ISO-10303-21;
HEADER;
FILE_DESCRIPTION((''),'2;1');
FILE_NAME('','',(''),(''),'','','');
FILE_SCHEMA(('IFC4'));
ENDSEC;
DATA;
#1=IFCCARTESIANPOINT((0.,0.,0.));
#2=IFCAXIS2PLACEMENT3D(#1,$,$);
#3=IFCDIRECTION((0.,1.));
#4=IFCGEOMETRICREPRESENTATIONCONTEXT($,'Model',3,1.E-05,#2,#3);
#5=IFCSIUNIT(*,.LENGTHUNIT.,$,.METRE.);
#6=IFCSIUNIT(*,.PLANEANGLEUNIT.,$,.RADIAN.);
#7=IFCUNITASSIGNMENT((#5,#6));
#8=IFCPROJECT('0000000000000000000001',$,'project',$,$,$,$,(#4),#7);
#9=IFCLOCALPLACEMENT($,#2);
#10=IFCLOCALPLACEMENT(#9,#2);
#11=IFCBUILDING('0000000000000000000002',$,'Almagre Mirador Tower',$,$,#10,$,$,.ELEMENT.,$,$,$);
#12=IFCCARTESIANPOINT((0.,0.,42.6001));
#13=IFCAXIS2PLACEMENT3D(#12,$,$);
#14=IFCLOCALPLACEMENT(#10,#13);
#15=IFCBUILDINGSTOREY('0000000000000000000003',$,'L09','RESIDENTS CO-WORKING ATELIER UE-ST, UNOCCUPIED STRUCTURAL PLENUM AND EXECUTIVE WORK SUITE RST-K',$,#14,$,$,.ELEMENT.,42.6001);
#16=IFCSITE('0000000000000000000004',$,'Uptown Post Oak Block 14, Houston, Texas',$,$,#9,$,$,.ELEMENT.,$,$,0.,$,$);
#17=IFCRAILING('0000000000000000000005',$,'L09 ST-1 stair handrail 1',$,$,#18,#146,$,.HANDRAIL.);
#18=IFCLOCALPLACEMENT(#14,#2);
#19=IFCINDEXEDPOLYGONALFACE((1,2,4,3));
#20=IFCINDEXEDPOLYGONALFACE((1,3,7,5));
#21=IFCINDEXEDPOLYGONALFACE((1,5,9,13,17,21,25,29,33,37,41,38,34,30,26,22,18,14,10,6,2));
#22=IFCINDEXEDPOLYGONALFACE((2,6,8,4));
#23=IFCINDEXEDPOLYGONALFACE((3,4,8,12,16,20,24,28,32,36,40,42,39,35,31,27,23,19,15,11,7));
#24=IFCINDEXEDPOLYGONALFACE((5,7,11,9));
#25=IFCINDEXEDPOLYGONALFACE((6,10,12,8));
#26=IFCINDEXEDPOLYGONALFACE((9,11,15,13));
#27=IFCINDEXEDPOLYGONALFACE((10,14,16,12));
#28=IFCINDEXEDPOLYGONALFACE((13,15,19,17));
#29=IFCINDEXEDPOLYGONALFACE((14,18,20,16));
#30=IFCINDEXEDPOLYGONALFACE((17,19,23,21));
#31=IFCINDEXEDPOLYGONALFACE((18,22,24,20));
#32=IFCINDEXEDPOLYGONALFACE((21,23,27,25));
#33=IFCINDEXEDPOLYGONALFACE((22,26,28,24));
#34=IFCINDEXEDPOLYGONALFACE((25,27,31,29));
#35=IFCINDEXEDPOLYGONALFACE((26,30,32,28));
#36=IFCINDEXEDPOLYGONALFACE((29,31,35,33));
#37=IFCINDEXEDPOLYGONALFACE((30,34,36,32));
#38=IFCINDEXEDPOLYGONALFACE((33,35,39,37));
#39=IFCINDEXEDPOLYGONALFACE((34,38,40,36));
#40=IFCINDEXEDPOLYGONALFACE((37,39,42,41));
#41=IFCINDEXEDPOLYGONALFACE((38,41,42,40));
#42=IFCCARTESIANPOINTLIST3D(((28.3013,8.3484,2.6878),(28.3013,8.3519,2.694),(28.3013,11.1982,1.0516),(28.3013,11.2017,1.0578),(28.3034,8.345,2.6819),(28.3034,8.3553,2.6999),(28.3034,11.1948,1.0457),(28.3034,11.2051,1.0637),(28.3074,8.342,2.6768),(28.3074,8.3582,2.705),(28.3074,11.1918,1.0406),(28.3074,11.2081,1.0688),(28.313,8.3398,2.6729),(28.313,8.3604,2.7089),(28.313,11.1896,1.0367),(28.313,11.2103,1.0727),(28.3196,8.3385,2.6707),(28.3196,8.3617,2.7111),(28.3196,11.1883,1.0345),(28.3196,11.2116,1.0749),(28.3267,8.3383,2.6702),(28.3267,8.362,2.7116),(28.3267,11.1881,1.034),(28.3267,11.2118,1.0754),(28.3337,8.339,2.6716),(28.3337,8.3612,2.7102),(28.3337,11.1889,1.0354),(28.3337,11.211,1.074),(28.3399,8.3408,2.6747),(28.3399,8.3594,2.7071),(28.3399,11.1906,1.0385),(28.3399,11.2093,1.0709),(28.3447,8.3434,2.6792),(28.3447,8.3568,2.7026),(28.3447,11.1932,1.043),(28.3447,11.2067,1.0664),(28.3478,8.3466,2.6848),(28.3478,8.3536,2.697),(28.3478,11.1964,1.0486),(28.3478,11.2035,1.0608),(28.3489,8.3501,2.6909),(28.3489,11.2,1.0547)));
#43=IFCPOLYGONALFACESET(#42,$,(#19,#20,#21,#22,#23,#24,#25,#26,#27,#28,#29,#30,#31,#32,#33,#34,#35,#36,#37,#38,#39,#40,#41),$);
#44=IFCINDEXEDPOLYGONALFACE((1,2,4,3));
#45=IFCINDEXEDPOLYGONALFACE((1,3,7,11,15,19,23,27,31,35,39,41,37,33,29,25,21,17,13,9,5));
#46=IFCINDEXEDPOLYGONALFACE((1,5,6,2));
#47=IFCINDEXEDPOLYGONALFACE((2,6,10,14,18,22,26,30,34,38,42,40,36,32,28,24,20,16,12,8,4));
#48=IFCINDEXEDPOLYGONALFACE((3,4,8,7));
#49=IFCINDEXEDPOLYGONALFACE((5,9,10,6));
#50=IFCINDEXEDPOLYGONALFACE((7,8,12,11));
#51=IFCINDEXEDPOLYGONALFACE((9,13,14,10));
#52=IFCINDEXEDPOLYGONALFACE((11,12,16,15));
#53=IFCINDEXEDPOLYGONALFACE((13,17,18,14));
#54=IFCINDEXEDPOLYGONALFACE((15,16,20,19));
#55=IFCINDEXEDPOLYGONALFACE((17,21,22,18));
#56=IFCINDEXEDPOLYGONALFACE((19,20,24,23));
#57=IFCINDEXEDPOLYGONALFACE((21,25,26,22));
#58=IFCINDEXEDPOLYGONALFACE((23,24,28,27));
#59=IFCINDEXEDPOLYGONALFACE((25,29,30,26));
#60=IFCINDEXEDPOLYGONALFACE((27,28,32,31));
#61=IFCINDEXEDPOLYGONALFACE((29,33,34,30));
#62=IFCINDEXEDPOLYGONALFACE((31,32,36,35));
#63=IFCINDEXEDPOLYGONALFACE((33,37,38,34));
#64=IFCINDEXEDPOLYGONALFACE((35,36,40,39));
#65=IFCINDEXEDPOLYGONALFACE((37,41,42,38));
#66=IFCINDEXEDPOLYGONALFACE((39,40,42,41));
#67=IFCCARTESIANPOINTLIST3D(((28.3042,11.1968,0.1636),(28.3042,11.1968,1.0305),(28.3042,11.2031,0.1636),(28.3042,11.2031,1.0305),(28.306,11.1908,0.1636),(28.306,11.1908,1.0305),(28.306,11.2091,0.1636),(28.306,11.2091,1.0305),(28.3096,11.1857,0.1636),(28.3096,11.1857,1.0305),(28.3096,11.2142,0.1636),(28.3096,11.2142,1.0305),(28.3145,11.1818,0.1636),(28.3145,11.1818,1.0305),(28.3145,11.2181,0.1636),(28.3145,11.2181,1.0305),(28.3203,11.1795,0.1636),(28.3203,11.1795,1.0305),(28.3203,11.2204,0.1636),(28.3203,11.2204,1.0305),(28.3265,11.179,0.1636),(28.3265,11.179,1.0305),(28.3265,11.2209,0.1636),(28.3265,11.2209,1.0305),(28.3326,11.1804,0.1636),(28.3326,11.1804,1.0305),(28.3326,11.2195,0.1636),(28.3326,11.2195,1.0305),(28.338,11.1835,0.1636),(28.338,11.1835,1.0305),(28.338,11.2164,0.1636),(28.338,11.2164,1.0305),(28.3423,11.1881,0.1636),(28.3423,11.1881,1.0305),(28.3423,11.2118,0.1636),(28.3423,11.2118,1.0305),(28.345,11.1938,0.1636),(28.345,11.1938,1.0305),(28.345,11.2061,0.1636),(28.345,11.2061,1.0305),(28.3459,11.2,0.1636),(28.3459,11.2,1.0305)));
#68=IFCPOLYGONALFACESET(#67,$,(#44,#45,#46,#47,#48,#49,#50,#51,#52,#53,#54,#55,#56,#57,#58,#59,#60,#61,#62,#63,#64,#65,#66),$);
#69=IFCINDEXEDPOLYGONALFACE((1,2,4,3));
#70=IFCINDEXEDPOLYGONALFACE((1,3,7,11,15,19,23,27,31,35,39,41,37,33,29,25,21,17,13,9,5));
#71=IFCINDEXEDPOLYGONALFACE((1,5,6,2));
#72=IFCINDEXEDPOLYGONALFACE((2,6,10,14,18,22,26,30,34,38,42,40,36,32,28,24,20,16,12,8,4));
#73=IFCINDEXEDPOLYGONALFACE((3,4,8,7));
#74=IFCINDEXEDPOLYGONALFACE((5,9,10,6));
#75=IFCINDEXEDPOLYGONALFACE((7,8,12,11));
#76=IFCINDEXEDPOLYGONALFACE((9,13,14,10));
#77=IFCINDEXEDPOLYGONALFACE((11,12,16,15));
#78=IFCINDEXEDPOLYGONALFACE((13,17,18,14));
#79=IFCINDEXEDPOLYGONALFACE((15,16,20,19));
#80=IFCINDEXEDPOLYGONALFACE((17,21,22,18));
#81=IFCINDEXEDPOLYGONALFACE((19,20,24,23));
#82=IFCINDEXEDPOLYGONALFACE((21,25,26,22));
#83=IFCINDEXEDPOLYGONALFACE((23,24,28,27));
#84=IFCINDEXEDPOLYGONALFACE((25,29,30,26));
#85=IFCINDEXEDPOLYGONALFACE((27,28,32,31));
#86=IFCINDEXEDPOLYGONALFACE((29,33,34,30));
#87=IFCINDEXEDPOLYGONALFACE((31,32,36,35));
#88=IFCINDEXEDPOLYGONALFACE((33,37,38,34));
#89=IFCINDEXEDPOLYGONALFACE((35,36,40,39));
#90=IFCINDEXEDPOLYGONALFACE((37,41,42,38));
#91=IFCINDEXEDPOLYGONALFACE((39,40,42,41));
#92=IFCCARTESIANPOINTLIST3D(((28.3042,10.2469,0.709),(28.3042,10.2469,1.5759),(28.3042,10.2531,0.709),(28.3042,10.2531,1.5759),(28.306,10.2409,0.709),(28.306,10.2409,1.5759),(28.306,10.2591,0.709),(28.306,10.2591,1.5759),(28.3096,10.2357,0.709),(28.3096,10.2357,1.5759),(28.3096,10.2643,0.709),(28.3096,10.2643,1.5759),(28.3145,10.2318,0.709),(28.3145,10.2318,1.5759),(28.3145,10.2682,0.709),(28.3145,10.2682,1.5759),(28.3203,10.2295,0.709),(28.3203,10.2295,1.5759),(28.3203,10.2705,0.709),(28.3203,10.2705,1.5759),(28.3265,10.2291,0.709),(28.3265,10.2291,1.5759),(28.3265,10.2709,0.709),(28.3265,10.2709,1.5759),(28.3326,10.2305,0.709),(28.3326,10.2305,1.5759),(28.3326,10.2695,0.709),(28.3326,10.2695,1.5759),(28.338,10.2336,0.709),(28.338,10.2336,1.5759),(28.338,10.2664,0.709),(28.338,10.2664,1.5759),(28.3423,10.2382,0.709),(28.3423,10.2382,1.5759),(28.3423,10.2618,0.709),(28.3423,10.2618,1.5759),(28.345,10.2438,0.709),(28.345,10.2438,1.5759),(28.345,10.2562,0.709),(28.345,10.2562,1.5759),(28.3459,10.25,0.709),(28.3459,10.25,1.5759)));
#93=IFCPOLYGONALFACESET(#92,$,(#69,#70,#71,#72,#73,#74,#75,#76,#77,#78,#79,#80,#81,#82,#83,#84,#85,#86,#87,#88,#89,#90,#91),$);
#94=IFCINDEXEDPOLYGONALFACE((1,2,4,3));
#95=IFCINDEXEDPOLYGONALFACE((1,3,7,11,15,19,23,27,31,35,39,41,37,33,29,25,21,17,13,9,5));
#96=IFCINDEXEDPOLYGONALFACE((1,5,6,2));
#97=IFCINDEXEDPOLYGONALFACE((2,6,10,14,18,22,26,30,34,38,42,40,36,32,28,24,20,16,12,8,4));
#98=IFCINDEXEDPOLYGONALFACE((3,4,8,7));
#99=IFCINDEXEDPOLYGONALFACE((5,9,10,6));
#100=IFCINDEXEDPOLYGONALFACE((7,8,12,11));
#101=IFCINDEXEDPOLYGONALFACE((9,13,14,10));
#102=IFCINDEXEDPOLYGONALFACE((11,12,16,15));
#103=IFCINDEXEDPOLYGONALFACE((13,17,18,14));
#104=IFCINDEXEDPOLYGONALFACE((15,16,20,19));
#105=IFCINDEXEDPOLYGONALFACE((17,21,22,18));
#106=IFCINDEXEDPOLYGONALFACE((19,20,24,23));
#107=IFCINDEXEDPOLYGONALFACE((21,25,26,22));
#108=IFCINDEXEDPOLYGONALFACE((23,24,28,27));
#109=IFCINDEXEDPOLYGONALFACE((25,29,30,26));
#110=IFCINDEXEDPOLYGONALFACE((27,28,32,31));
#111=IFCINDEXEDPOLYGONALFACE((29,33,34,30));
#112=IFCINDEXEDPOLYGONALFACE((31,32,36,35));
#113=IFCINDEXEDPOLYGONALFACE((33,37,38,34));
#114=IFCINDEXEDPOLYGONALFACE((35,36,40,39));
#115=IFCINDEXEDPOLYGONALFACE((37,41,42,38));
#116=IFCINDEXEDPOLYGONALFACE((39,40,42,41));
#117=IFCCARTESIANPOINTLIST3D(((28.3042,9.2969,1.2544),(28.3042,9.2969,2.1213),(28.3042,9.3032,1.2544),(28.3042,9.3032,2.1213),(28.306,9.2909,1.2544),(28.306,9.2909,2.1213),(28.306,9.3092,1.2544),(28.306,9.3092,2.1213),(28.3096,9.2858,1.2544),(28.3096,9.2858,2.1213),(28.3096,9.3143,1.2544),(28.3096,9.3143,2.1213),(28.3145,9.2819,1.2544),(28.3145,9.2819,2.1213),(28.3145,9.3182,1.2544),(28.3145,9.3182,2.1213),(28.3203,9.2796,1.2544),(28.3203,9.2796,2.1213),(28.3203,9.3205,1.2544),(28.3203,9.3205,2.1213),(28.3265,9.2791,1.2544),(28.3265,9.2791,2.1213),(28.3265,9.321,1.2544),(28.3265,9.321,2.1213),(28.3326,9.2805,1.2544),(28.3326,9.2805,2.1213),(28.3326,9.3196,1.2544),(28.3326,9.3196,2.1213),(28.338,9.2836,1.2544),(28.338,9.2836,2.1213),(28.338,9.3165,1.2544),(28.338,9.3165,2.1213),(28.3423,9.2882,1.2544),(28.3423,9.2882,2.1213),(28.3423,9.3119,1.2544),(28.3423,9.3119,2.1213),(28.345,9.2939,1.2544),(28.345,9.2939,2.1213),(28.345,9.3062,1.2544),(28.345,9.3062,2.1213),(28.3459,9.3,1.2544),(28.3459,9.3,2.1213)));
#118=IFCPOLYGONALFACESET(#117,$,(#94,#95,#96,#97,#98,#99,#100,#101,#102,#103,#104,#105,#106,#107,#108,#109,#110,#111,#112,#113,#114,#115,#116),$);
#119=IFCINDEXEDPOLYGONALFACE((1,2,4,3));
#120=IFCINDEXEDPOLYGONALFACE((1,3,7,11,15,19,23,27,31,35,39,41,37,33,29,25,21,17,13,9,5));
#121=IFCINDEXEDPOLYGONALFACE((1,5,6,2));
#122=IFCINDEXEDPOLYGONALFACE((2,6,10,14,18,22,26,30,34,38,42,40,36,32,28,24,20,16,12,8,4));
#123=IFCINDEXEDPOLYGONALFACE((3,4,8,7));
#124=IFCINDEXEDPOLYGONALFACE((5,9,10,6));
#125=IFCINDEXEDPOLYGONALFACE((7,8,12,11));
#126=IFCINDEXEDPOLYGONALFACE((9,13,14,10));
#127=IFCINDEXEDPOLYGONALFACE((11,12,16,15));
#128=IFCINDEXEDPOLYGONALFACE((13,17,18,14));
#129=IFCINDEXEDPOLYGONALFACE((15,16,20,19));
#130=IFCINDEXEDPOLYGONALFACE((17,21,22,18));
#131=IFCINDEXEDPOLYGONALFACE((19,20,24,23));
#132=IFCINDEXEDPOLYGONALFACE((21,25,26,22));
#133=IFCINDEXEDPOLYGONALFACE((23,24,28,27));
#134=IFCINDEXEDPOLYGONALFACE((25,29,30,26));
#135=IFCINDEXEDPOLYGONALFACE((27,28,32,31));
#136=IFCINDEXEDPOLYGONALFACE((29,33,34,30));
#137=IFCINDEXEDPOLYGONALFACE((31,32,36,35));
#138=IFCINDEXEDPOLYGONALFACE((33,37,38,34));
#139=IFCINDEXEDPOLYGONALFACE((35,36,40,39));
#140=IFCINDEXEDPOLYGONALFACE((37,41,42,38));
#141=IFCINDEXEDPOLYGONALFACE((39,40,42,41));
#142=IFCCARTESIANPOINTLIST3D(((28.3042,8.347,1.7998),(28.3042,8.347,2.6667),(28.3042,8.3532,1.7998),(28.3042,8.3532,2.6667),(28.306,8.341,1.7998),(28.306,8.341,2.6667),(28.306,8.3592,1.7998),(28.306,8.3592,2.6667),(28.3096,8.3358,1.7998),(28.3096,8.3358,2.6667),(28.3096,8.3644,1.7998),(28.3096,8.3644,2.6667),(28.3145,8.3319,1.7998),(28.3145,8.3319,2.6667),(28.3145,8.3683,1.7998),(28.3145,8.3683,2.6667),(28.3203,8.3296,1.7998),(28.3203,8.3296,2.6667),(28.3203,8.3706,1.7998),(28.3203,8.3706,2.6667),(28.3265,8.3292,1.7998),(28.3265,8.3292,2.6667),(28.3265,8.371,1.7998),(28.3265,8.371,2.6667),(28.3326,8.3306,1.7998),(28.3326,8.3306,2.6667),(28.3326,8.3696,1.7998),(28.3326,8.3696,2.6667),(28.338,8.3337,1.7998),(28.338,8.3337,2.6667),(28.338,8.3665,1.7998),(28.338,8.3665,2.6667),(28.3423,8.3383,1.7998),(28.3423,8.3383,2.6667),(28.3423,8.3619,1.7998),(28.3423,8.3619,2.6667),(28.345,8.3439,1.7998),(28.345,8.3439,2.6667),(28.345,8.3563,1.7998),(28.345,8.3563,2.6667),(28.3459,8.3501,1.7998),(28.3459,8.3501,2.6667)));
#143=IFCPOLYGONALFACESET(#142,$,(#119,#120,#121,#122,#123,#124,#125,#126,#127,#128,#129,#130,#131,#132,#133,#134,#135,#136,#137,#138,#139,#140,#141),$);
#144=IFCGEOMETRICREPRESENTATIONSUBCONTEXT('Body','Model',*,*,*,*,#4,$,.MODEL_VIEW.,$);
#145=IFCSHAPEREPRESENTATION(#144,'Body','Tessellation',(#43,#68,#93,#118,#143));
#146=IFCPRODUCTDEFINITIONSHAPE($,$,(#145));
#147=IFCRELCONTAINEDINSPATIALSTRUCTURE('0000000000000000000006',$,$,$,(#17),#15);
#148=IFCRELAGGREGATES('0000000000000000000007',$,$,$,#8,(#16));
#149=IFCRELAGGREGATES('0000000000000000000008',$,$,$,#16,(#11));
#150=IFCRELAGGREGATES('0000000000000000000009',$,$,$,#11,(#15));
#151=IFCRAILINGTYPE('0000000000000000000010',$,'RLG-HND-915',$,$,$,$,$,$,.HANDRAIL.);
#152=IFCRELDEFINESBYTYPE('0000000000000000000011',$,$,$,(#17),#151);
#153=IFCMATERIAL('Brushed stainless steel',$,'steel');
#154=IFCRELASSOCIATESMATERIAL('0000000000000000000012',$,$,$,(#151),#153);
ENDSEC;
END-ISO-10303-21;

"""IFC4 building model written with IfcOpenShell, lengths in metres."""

from ifc_helpers import new_model, si_unit, direction, frame, origin, origin_2d, place, context, subcontext, project, spatial, circle, extrude, material, type_object, element, save


model = new_model("IFC4")

# Units and contexts
model_context = context("Model", 3, precision=1e-05, world=origin(), true_north=direction((0.0, 1.0)))
body_context = subcontext(model_context, "Body", "Model", "MODEL_VIEW")
ifc_project = project(units=[si_unit("LENGTHUNIT", "METRE"), si_unit("PLANEANGLEUNIT", "RADIAN")], contexts=[model_context])

# Site, building, storey
site_placement = place(None, origin())
site = spatial("IfcSite", under=ifc_project, at=site_placement, Name="Uptown Post Oak Block 14, Houston, Texas", CompositionType="ELEMENT", RefElevation=0.0)
building_placement = place(site_placement, origin())
building = spatial("IfcBuilding", under=site, at=building_placement, Name="Almagre Mirador Tower", CompositionType="ELEMENT")
storey_placement = place(building_placement, frame((0.0, 0.0, 42.6001)))
storey = spatial("IfcBuildingStorey", under=building, at=storey_placement, Name="L09", Description="RESIDENTS CO-WORKING ATELIER UE-ST, UNOCCUPIED STRUCTURAL PLENUM AND EXECUTIVE WORK SUITE RST-K", CompositionType="ELEMENT", Elevation=42.6001)

# Railing
ifc_material_1 = material(Name="Brushed stainless steel", Category="steel")
railing_type_1 = type_object("IfcRailingType", Name="RLG-HND-915", PredefinedType="HANDRAIL", material=ifc_material_1)
railing_1_placement = place(storey_placement, frame((28.325, 11.2, 0.1636)))
element("IfcRailing", 1, at=railing_1_placement, inside=storey, type_object=railing_type_1, Name="L09 ST-1 stair handrail 1", PredefinedType="HANDRAIL", context=body_context, shape_type="SweptSolid", body=[
    extrude(circle(Radius=0.0239, at=origin_2d()), frame((0.0, 0.0, 0.8911), z_axis=(0.0, -0.867226, 0.497914), x_axis=(1.0, 0.0, 0.0)), (0.0, 0.0, 1.0), 3.2861),
    extrude(circle(Radius=0.021, at=origin_2d()), origin(), (0.0, 0.0, 1.0), 0.8669),
    extrude(circle(Radius=0.021, at=origin_2d()), frame((0.0, -0.95, 0.5454)), (0.0, 0.0, 1.0), 0.8669),
    extrude(circle(Radius=0.021, at=origin_2d()), frame((0.0, -1.8999, 1.0908)), (0.0, 0.0, 1.0), 0.8669),
    extrude(circle(Radius=0.021, at=origin_2d()), frame((0.0, -2.8499, 1.6362)), (0.0, 0.0, 1.0), 0.8669),
])

save(model, "model.ifc")
